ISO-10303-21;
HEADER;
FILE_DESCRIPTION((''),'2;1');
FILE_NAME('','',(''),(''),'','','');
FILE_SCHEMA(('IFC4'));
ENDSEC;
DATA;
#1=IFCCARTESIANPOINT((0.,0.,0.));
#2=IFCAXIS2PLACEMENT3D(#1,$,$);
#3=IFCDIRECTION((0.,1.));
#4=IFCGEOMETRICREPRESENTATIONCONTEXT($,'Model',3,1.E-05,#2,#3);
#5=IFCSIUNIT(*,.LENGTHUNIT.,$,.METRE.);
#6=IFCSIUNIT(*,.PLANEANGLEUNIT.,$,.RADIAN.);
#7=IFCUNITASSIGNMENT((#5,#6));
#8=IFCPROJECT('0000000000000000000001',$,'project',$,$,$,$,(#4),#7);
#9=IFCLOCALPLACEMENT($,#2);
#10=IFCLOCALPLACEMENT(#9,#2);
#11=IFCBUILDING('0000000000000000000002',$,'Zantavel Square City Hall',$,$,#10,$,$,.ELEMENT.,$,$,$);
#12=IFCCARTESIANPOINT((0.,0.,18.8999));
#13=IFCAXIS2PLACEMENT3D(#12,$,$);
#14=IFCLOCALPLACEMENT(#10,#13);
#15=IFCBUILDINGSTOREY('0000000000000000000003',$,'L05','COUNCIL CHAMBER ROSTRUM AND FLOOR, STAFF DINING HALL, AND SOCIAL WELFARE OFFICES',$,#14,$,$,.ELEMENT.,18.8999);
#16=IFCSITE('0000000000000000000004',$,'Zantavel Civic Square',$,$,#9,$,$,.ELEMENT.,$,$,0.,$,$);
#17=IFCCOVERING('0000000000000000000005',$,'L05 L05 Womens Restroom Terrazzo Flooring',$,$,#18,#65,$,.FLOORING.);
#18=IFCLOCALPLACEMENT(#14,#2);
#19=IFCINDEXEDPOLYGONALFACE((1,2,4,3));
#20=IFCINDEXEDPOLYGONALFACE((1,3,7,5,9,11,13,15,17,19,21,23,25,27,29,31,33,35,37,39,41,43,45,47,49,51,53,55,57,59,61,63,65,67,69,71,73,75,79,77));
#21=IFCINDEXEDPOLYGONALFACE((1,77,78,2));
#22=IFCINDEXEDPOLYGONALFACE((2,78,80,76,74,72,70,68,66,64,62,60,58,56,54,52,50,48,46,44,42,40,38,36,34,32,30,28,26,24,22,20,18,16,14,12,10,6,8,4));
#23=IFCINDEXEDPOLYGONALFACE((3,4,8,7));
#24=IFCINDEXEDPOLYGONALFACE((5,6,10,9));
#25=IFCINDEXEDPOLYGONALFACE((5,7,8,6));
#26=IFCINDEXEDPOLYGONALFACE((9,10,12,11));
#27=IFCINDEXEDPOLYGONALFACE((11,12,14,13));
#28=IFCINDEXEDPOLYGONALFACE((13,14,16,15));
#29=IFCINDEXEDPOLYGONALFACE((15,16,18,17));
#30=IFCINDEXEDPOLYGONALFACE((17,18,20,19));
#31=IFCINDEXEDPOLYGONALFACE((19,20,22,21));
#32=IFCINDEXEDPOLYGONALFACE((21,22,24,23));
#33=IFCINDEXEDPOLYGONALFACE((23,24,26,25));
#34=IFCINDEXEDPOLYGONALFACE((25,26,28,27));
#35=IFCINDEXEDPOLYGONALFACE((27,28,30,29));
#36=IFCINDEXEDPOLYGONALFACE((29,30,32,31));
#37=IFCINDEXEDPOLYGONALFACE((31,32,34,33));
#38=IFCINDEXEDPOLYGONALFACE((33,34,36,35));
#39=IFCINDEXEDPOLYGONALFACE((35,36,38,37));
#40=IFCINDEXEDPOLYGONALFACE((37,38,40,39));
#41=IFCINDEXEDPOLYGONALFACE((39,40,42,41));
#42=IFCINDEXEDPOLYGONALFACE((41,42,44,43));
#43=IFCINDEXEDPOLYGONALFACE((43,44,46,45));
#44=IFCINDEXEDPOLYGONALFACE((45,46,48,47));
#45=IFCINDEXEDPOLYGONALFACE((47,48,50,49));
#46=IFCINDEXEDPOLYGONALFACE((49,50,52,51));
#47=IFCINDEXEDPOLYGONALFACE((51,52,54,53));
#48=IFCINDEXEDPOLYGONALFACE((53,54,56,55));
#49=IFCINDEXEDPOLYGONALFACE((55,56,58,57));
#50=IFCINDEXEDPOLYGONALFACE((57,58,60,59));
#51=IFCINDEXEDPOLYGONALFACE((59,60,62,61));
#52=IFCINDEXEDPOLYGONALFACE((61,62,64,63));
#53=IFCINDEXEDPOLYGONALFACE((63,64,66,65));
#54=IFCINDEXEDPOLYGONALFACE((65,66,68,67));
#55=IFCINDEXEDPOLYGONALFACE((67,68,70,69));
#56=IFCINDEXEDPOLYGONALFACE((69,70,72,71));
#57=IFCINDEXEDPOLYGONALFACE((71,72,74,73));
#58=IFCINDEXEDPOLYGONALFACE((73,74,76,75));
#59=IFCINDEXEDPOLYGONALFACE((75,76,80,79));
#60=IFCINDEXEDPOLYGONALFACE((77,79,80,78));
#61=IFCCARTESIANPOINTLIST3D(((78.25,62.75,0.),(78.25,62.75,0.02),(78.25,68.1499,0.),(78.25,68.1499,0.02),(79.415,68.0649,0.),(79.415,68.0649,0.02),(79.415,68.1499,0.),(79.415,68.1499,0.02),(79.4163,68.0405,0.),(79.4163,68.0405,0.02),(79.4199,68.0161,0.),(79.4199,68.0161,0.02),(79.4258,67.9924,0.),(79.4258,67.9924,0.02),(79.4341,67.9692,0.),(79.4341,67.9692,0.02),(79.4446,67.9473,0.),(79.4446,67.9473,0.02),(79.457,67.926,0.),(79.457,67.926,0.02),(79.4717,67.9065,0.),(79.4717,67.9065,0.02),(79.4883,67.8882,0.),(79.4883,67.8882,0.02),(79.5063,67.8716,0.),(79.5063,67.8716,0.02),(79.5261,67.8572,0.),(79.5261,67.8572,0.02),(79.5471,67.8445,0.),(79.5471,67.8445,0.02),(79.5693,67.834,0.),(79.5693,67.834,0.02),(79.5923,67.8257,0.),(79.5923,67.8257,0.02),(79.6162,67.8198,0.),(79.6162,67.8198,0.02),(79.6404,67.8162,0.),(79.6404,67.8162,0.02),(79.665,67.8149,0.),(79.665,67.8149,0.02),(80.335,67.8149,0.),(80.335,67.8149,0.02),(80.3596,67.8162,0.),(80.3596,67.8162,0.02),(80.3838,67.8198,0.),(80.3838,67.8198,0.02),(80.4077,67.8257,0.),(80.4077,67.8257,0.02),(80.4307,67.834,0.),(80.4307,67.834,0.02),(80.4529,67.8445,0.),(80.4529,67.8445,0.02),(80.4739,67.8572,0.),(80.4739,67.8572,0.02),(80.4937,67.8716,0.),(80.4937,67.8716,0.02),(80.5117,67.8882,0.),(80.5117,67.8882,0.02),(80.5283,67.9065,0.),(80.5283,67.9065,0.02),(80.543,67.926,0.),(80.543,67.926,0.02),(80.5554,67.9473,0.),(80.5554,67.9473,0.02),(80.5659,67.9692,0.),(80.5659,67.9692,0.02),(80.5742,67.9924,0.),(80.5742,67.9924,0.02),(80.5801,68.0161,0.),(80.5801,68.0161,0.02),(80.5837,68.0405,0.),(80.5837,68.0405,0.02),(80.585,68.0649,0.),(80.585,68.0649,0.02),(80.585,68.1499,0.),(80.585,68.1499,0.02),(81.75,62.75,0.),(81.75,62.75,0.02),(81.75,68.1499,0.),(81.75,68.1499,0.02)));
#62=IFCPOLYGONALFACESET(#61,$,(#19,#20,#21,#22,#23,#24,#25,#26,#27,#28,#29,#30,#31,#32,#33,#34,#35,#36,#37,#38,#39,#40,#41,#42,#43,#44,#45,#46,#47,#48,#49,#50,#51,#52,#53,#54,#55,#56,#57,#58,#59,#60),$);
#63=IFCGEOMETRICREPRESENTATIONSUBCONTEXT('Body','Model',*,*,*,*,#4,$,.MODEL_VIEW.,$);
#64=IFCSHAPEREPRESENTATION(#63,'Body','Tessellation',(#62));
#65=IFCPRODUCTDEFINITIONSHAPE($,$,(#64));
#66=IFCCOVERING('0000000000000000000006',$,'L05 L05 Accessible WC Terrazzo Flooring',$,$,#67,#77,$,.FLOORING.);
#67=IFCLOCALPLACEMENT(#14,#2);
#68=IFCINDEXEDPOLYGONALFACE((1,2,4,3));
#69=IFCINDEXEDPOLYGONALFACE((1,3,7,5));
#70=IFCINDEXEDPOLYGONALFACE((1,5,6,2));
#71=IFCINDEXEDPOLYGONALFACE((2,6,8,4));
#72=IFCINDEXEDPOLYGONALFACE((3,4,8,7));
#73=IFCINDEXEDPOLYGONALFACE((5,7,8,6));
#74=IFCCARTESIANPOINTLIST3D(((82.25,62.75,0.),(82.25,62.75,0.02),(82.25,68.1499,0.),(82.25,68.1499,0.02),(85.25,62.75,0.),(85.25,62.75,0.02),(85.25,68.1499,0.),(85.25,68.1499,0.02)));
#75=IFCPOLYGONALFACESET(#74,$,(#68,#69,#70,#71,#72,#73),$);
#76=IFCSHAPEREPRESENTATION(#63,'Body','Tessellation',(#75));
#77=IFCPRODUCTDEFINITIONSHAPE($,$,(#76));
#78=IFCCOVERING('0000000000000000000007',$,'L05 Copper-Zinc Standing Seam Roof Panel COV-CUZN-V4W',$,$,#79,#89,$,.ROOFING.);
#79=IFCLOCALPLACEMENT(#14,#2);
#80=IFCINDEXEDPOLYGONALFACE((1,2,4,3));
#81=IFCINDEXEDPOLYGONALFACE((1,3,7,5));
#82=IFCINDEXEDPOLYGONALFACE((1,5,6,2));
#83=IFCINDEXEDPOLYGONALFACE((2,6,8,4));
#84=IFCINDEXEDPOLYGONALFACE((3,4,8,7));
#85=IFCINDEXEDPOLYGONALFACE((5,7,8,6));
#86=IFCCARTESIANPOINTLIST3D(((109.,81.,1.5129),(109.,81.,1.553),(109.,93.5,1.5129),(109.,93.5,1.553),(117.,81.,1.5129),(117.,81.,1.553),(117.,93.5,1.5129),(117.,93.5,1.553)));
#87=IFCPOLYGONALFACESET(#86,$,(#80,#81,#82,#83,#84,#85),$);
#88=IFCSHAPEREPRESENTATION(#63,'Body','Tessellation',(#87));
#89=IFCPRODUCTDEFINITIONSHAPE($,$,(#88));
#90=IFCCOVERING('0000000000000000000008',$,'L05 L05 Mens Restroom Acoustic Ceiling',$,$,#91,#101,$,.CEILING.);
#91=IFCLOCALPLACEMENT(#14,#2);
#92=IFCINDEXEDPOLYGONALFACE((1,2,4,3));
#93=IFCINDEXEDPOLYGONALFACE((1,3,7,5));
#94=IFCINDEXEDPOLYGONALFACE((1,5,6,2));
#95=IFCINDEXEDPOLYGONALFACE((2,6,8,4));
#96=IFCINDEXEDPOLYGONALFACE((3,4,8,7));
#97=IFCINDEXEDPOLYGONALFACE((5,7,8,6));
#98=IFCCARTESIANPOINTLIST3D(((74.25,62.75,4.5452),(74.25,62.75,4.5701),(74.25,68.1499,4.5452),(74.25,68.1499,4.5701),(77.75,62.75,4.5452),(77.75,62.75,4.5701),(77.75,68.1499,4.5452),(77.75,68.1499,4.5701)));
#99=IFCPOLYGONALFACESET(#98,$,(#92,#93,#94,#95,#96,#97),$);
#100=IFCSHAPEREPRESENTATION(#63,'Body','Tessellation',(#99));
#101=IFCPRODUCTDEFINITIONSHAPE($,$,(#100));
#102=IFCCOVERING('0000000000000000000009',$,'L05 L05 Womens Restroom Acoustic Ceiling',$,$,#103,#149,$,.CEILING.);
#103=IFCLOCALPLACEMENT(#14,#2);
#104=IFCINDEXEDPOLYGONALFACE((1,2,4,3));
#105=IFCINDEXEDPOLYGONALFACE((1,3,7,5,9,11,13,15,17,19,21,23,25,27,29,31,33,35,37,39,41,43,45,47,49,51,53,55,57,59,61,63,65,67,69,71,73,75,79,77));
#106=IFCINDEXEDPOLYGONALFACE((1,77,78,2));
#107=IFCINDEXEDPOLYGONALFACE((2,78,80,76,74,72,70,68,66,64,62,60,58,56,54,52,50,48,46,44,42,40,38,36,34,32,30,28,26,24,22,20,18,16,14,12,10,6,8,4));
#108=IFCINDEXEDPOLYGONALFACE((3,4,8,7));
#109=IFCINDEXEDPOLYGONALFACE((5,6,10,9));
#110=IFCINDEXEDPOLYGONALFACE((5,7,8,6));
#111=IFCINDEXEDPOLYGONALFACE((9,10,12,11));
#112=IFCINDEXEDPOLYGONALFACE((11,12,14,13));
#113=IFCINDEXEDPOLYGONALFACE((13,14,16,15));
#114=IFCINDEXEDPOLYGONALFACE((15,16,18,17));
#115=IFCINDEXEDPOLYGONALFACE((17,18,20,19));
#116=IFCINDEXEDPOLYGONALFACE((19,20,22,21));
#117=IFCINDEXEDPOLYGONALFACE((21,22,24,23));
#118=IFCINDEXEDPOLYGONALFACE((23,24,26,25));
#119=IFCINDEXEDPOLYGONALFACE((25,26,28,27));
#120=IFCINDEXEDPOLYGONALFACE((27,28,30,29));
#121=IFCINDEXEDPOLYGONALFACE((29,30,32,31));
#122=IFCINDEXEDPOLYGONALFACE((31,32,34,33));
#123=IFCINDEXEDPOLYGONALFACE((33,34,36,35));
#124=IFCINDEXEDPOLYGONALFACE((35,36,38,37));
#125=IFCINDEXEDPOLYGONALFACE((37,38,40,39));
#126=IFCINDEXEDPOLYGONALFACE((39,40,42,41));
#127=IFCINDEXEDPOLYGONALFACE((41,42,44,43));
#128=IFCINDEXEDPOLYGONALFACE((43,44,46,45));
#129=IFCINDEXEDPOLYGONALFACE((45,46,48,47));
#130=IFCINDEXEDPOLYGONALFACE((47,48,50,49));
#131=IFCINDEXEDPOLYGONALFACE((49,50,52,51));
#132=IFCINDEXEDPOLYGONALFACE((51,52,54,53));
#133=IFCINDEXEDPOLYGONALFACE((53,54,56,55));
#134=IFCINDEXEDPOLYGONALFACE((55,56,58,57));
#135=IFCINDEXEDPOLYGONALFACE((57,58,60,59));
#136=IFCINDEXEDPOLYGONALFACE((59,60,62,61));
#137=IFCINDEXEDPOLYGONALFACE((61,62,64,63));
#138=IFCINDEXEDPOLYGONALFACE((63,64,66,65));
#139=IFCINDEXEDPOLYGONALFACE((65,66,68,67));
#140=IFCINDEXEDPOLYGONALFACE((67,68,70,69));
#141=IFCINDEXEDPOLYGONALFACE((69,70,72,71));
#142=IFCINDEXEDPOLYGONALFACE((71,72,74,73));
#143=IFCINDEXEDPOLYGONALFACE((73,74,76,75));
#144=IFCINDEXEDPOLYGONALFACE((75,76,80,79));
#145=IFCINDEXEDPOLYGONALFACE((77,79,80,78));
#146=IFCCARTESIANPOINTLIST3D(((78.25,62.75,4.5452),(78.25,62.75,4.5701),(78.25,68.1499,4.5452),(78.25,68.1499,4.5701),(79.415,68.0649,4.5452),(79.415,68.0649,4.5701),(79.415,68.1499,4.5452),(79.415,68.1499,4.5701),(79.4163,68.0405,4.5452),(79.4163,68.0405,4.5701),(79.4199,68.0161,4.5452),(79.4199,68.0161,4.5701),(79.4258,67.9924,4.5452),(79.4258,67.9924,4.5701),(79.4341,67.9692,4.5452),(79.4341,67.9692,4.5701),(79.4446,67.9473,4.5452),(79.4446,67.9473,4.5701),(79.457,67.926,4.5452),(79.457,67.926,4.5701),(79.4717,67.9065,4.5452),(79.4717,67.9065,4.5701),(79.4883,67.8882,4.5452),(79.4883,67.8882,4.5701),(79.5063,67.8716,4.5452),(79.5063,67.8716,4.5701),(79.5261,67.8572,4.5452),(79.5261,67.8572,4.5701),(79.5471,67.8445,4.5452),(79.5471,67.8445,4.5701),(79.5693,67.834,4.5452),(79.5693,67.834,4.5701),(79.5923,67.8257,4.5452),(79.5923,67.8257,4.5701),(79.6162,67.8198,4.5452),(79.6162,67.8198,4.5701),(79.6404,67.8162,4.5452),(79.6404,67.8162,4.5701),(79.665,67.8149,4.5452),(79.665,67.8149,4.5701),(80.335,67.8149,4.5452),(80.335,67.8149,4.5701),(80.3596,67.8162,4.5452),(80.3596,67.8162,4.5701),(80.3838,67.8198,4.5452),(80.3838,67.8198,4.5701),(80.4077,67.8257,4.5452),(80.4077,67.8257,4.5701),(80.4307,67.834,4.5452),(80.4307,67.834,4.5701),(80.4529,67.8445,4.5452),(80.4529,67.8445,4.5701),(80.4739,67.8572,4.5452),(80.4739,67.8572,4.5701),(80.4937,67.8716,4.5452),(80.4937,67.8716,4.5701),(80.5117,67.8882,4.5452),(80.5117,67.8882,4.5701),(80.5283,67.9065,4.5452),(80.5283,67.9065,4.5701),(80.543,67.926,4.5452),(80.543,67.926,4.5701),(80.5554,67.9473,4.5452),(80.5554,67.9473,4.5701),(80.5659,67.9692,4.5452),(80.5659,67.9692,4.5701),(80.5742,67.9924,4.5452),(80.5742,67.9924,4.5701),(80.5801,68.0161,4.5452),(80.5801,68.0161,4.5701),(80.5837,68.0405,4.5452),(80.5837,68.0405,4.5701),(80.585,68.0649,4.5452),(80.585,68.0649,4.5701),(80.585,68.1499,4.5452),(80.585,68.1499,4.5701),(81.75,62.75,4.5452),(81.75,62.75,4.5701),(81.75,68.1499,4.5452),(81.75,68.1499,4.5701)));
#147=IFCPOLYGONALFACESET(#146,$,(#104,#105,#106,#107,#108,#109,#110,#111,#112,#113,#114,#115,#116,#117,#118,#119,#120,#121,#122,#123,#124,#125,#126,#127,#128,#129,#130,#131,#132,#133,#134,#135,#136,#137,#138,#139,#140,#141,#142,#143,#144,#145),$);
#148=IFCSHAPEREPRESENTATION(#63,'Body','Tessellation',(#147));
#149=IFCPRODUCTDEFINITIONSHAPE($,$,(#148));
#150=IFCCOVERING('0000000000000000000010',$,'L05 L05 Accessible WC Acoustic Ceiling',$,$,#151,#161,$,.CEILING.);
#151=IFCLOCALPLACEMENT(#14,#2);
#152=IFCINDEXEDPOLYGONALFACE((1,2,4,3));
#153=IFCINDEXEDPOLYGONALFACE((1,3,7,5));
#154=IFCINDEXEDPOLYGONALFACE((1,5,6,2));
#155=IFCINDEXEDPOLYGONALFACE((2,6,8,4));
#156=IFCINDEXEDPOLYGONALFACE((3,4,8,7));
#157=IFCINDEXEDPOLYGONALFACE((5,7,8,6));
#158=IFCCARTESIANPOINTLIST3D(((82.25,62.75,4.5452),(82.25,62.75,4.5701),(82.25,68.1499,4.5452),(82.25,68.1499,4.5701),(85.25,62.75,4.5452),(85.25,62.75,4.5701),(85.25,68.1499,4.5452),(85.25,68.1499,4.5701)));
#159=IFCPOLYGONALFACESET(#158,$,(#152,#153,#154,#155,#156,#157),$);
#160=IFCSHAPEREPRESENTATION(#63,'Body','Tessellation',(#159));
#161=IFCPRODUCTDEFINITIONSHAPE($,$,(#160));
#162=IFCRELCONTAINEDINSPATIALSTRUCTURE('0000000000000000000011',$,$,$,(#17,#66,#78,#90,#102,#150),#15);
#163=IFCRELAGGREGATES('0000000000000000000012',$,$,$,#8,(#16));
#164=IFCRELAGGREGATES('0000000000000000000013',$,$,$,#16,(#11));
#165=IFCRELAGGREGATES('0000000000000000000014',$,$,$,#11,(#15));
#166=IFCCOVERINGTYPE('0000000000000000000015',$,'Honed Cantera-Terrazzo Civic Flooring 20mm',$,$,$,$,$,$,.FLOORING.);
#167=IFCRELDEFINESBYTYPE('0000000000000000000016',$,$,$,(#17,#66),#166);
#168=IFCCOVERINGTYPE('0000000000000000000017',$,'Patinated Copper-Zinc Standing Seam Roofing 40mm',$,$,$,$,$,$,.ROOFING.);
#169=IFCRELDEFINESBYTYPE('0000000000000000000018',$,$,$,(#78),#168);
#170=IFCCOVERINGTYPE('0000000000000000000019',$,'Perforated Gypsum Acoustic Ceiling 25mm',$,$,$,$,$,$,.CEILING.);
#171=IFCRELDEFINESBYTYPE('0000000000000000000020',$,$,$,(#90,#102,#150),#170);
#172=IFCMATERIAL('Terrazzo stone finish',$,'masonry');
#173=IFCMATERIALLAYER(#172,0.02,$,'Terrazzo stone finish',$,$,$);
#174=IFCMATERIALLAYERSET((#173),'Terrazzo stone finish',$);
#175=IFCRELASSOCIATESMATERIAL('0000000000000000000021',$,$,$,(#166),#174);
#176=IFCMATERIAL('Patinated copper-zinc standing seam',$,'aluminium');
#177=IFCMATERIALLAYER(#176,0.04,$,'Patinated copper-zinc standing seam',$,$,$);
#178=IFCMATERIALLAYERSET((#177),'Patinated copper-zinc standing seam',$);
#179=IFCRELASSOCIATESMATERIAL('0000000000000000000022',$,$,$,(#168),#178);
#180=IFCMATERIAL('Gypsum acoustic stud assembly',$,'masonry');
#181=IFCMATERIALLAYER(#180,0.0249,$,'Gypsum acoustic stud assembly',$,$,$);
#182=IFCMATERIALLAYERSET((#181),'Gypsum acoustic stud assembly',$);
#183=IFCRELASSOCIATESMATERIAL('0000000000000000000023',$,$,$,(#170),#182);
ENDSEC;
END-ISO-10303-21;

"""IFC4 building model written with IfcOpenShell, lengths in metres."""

from ifc_helpers import new_model, si_unit, direction, frame, origin, place, context, subcontext, project, spatial, polyline, outline, extrude, material, layer, layer_set, type_object, element, save


model = new_model("IFC4")

# Units and contexts
model_context = context("Model", 3, precision=1e-05, world=origin(), true_north=direction((0.0, 1.0)))
body_context = subcontext(model_context, "Body", "Model", "MODEL_VIEW")
ifc_project = project(units=[si_unit("LENGTHUNIT", "METRE"), si_unit("PLANEANGLEUNIT", "RADIAN")], contexts=[model_context])

# Site, building, storey
site_placement = place(None, origin())
site = spatial("IfcSite", under=ifc_project, at=site_placement, Name="Zantavel Civic Square", CompositionType="ELEMENT", RefElevation=0.0)
building_placement = place(site_placement, origin())
building = spatial("IfcBuilding", under=site, at=building_placement, Name="Zantavel Square City Hall", CompositionType="ELEMENT")
storey_placement = place(building_placement, frame((0.0, 0.0, 18.8999)))
storey = spatial("IfcBuildingStorey", under=building, at=storey_placement, Name="L05", Description="COUNCIL CHAMBER ROSTRUM AND FLOOR, STAFF DINING HALL, AND SOCIAL WELFARE OFFICES", CompositionType="ELEMENT", Elevation=18.8999)

# Shared definitions
ifc_material_1 = material(Name="Patinated copper-zinc standing seam", Category="aluminium")

# Coverings
ifc_material_2 = material(Name="Terrazzo stone finish", Category="masonry")
ifc_layer_1 = layer(ifc_material_2, 0.02, Name="Terrazzo stone finish")
ifc_layer_set_1 = layer_set([ifc_layer_1], Name="Terrazzo stone finish")
covering_type_1 = type_object("IfcCoveringType", Name="Honed Cantera-Terrazzo Civic Flooring 20mm", PredefinedType="FLOORING", material=ifc_layer_set_1)
covering_1_placement = place(storey_placement, origin())
element("IfcCovering", 1, at=covering_1_placement, inside=storey, type_object=covering_type_1, Name="L05 L05 Womens Restroom Terrazzo Flooring", PredefinedType="FLOORING", context=body_context, shape_type="SweptSolid", body=[
    extrude(outline(polyline([(79.4163, 68.0405), (79.4199, 68.0161), (79.4258, 67.9924), (79.4341, 67.9692), (79.4446, 67.9473), (79.457, 67.926), (79.4717, 67.9065), (79.4883, 67.8882), (79.5063, 67.8716), (79.5261, 67.8572), (79.5471, 67.8445), (79.5693, 67.834), (79.5923, 67.8257), (79.6162, 67.8198), (79.6404, 67.8162), (79.665, 67.8149), (80.335, 67.8149), (80.3596, 67.8162), (80.3838, 67.8198), (80.4077, 67.8257), (80.4307, 67.834), (80.4529, 67.8445), (80.4739, 67.8572), (80.4937, 67.8716), (80.5117, 67.8882), (80.5283, 67.9065), (80.543, 67.926), (80.5554, 67.9473), (80.5659, 67.9692), (80.5742, 67.9924), (80.5801, 68.0161), (80.5837, 68.0405), (80.585, 68.0649), (80.585, 68.1499), (81.75, 68.1499), (81.75, 62.75), (78.25, 62.75), (78.25, 68.1499), (79.415, 68.1499), (79.415, 68.0649), (79.4163, 68.0405)])), origin(), (0.0, 0.0, 1.0), 0.02),
])
covering_2_placement = place(storey_placement, origin())
element("IfcCovering", 2, at=covering_2_placement, inside=storey, type_object=covering_type_1, Name="L05 L05 Accessible WC Terrazzo Flooring", PredefinedType="FLOORING", context=body_context, shape_type="SweptSolid", body=[
    extrude(outline(polyline([(82.25, 62.75), (82.25, 68.1499), (85.25, 68.1499), (85.25, 62.75), (82.25, 62.75)])), origin(), (0.0, 0.0, 1.0), 0.02),
])
ifc_layer_2 = layer(ifc_material_1, 0.04, Name="Patinated copper-zinc standing seam")
ifc_layer_set_2 = layer_set([ifc_layer_2], Name="Patinated copper-zinc standing seam")
covering_type_2 = type_object("IfcCoveringType", Name="Patinated Copper-Zinc Standing Seam Roofing 40mm", PredefinedType="ROOFING", material=ifc_layer_set_2)
covering_3_placement = place(storey_placement, frame((0.0, 0.0, 1.5129)))
element("IfcCovering", 3, at=covering_3_placement, inside=storey, type_object=covering_type_2, Name="L05 Copper-Zinc Standing Seam Roof Panel COV-CUZN-V4W", PredefinedType="ROOFING", context=body_context, shape_type="SweptSolid", body=[
    extrude(outline(polyline([(109.0, 81.0), (117.0, 81.0), (117.0, 93.5), (109.0, 93.5), (109.0, 81.0)])), origin(), (0.0, 0.0, 1.0), 0.04),
])
ifc_material_3 = material(Name="Gypsum acoustic stud assembly", Category="masonry")
ifc_layer_3 = layer(ifc_material_3, 0.0249, Name="Gypsum acoustic stud assembly")
ifc_layer_set_3 = layer_set([ifc_layer_3], Name="Gypsum acoustic stud assembly")
covering_type_3 = type_object("IfcCoveringType", Name="Perforated Gypsum Acoustic Ceiling 25mm", PredefinedType="CEILING", material=ifc_layer_set_3)
covering_4_placement = place(storey_placement, frame((0.0, 0.0, 4.5452)))
element("IfcCovering", 4, at=covering_4_placement, inside=storey, type_object=covering_type_3, Name="L05 L05 Mens Restroom Acoustic Ceiling", PredefinedType="CEILING", context=body_context, shape_type="SweptSolid", body=[
    extrude(outline(polyline([(74.25, 62.75), (74.25, 68.1499), (77.75, 68.1499), (77.75, 62.75), (74.25, 62.75)])), origin(), (0.0, 0.0, 1.0), 0.0249),
])
covering_5_placement = place(storey_placement, frame((0.0, 0.0, 4.5452)))
element("IfcCovering", 5, at=covering_5_placement, inside=storey, type_object=covering_type_3, Name="L05 L05 Womens Restroom Acoustic Ceiling", PredefinedType="CEILING", context=body_context, shape_type="SweptSolid", body=[
    extrude(outline(polyline([(79.4163, 68.0405), (79.4199, 68.0161), (79.4258, 67.9924), (79.4341, 67.9692), (79.4446, 67.9473), (79.457, 67.926), (79.4717, 67.9065), (79.4883, 67.8882), (79.5063, 67.8716), (79.5261, 67.8572), (79.5471, 67.8445), (79.5693, 67.834), (79.5923, 67.8257), (79.6162, 67.8198), (79.6404, 67.8162), (79.665, 67.8149), (80.335, 67.8149), (80.3596, 67.8162), (80.3838, 67.8198), (80.4077, 67.8257), (80.4307, 67.834), (80.4529, 67.8445), (80.4739, 67.8572), (80.4937, 67.8716), (80.5117, 67.8882), (80.5283, 67.9065), (80.543, 67.926), (80.5554, 67.9473), (80.5659, 67.9692), (80.5742, 67.9924), (80.5801, 68.0161), (80.5837, 68.0405), (80.585, 68.0649), (80.585, 68.1499), (81.75, 68.1499), (81.75, 62.75), (78.25, 62.75), (78.25, 68.1499), (79.415, 68.1499), (79.415, 68.0649), (79.4163, 68.0405)])), origin(), (0.0, 0.0, 1.0), 0.0249),
])
covering_6_placement = place(storey_placement, frame((0.0, 0.0, 4.5452)))
element("IfcCovering", 6, at=covering_6_placement, inside=storey, type_object=covering_type_3, Name="L05 L05 Accessible WC Acoustic Ceiling", PredefinedType="CEILING", context=body_context, shape_type="SweptSolid", body=[
    extrude(outline(polyline([(82.25, 62.75), (82.25, 68.1499), (85.25, 68.1499), (85.25, 62.75), (82.25, 62.75)])), origin(), (0.0, 0.0, 1.0), 0.0249),
])

save(model, "model.ifc")
